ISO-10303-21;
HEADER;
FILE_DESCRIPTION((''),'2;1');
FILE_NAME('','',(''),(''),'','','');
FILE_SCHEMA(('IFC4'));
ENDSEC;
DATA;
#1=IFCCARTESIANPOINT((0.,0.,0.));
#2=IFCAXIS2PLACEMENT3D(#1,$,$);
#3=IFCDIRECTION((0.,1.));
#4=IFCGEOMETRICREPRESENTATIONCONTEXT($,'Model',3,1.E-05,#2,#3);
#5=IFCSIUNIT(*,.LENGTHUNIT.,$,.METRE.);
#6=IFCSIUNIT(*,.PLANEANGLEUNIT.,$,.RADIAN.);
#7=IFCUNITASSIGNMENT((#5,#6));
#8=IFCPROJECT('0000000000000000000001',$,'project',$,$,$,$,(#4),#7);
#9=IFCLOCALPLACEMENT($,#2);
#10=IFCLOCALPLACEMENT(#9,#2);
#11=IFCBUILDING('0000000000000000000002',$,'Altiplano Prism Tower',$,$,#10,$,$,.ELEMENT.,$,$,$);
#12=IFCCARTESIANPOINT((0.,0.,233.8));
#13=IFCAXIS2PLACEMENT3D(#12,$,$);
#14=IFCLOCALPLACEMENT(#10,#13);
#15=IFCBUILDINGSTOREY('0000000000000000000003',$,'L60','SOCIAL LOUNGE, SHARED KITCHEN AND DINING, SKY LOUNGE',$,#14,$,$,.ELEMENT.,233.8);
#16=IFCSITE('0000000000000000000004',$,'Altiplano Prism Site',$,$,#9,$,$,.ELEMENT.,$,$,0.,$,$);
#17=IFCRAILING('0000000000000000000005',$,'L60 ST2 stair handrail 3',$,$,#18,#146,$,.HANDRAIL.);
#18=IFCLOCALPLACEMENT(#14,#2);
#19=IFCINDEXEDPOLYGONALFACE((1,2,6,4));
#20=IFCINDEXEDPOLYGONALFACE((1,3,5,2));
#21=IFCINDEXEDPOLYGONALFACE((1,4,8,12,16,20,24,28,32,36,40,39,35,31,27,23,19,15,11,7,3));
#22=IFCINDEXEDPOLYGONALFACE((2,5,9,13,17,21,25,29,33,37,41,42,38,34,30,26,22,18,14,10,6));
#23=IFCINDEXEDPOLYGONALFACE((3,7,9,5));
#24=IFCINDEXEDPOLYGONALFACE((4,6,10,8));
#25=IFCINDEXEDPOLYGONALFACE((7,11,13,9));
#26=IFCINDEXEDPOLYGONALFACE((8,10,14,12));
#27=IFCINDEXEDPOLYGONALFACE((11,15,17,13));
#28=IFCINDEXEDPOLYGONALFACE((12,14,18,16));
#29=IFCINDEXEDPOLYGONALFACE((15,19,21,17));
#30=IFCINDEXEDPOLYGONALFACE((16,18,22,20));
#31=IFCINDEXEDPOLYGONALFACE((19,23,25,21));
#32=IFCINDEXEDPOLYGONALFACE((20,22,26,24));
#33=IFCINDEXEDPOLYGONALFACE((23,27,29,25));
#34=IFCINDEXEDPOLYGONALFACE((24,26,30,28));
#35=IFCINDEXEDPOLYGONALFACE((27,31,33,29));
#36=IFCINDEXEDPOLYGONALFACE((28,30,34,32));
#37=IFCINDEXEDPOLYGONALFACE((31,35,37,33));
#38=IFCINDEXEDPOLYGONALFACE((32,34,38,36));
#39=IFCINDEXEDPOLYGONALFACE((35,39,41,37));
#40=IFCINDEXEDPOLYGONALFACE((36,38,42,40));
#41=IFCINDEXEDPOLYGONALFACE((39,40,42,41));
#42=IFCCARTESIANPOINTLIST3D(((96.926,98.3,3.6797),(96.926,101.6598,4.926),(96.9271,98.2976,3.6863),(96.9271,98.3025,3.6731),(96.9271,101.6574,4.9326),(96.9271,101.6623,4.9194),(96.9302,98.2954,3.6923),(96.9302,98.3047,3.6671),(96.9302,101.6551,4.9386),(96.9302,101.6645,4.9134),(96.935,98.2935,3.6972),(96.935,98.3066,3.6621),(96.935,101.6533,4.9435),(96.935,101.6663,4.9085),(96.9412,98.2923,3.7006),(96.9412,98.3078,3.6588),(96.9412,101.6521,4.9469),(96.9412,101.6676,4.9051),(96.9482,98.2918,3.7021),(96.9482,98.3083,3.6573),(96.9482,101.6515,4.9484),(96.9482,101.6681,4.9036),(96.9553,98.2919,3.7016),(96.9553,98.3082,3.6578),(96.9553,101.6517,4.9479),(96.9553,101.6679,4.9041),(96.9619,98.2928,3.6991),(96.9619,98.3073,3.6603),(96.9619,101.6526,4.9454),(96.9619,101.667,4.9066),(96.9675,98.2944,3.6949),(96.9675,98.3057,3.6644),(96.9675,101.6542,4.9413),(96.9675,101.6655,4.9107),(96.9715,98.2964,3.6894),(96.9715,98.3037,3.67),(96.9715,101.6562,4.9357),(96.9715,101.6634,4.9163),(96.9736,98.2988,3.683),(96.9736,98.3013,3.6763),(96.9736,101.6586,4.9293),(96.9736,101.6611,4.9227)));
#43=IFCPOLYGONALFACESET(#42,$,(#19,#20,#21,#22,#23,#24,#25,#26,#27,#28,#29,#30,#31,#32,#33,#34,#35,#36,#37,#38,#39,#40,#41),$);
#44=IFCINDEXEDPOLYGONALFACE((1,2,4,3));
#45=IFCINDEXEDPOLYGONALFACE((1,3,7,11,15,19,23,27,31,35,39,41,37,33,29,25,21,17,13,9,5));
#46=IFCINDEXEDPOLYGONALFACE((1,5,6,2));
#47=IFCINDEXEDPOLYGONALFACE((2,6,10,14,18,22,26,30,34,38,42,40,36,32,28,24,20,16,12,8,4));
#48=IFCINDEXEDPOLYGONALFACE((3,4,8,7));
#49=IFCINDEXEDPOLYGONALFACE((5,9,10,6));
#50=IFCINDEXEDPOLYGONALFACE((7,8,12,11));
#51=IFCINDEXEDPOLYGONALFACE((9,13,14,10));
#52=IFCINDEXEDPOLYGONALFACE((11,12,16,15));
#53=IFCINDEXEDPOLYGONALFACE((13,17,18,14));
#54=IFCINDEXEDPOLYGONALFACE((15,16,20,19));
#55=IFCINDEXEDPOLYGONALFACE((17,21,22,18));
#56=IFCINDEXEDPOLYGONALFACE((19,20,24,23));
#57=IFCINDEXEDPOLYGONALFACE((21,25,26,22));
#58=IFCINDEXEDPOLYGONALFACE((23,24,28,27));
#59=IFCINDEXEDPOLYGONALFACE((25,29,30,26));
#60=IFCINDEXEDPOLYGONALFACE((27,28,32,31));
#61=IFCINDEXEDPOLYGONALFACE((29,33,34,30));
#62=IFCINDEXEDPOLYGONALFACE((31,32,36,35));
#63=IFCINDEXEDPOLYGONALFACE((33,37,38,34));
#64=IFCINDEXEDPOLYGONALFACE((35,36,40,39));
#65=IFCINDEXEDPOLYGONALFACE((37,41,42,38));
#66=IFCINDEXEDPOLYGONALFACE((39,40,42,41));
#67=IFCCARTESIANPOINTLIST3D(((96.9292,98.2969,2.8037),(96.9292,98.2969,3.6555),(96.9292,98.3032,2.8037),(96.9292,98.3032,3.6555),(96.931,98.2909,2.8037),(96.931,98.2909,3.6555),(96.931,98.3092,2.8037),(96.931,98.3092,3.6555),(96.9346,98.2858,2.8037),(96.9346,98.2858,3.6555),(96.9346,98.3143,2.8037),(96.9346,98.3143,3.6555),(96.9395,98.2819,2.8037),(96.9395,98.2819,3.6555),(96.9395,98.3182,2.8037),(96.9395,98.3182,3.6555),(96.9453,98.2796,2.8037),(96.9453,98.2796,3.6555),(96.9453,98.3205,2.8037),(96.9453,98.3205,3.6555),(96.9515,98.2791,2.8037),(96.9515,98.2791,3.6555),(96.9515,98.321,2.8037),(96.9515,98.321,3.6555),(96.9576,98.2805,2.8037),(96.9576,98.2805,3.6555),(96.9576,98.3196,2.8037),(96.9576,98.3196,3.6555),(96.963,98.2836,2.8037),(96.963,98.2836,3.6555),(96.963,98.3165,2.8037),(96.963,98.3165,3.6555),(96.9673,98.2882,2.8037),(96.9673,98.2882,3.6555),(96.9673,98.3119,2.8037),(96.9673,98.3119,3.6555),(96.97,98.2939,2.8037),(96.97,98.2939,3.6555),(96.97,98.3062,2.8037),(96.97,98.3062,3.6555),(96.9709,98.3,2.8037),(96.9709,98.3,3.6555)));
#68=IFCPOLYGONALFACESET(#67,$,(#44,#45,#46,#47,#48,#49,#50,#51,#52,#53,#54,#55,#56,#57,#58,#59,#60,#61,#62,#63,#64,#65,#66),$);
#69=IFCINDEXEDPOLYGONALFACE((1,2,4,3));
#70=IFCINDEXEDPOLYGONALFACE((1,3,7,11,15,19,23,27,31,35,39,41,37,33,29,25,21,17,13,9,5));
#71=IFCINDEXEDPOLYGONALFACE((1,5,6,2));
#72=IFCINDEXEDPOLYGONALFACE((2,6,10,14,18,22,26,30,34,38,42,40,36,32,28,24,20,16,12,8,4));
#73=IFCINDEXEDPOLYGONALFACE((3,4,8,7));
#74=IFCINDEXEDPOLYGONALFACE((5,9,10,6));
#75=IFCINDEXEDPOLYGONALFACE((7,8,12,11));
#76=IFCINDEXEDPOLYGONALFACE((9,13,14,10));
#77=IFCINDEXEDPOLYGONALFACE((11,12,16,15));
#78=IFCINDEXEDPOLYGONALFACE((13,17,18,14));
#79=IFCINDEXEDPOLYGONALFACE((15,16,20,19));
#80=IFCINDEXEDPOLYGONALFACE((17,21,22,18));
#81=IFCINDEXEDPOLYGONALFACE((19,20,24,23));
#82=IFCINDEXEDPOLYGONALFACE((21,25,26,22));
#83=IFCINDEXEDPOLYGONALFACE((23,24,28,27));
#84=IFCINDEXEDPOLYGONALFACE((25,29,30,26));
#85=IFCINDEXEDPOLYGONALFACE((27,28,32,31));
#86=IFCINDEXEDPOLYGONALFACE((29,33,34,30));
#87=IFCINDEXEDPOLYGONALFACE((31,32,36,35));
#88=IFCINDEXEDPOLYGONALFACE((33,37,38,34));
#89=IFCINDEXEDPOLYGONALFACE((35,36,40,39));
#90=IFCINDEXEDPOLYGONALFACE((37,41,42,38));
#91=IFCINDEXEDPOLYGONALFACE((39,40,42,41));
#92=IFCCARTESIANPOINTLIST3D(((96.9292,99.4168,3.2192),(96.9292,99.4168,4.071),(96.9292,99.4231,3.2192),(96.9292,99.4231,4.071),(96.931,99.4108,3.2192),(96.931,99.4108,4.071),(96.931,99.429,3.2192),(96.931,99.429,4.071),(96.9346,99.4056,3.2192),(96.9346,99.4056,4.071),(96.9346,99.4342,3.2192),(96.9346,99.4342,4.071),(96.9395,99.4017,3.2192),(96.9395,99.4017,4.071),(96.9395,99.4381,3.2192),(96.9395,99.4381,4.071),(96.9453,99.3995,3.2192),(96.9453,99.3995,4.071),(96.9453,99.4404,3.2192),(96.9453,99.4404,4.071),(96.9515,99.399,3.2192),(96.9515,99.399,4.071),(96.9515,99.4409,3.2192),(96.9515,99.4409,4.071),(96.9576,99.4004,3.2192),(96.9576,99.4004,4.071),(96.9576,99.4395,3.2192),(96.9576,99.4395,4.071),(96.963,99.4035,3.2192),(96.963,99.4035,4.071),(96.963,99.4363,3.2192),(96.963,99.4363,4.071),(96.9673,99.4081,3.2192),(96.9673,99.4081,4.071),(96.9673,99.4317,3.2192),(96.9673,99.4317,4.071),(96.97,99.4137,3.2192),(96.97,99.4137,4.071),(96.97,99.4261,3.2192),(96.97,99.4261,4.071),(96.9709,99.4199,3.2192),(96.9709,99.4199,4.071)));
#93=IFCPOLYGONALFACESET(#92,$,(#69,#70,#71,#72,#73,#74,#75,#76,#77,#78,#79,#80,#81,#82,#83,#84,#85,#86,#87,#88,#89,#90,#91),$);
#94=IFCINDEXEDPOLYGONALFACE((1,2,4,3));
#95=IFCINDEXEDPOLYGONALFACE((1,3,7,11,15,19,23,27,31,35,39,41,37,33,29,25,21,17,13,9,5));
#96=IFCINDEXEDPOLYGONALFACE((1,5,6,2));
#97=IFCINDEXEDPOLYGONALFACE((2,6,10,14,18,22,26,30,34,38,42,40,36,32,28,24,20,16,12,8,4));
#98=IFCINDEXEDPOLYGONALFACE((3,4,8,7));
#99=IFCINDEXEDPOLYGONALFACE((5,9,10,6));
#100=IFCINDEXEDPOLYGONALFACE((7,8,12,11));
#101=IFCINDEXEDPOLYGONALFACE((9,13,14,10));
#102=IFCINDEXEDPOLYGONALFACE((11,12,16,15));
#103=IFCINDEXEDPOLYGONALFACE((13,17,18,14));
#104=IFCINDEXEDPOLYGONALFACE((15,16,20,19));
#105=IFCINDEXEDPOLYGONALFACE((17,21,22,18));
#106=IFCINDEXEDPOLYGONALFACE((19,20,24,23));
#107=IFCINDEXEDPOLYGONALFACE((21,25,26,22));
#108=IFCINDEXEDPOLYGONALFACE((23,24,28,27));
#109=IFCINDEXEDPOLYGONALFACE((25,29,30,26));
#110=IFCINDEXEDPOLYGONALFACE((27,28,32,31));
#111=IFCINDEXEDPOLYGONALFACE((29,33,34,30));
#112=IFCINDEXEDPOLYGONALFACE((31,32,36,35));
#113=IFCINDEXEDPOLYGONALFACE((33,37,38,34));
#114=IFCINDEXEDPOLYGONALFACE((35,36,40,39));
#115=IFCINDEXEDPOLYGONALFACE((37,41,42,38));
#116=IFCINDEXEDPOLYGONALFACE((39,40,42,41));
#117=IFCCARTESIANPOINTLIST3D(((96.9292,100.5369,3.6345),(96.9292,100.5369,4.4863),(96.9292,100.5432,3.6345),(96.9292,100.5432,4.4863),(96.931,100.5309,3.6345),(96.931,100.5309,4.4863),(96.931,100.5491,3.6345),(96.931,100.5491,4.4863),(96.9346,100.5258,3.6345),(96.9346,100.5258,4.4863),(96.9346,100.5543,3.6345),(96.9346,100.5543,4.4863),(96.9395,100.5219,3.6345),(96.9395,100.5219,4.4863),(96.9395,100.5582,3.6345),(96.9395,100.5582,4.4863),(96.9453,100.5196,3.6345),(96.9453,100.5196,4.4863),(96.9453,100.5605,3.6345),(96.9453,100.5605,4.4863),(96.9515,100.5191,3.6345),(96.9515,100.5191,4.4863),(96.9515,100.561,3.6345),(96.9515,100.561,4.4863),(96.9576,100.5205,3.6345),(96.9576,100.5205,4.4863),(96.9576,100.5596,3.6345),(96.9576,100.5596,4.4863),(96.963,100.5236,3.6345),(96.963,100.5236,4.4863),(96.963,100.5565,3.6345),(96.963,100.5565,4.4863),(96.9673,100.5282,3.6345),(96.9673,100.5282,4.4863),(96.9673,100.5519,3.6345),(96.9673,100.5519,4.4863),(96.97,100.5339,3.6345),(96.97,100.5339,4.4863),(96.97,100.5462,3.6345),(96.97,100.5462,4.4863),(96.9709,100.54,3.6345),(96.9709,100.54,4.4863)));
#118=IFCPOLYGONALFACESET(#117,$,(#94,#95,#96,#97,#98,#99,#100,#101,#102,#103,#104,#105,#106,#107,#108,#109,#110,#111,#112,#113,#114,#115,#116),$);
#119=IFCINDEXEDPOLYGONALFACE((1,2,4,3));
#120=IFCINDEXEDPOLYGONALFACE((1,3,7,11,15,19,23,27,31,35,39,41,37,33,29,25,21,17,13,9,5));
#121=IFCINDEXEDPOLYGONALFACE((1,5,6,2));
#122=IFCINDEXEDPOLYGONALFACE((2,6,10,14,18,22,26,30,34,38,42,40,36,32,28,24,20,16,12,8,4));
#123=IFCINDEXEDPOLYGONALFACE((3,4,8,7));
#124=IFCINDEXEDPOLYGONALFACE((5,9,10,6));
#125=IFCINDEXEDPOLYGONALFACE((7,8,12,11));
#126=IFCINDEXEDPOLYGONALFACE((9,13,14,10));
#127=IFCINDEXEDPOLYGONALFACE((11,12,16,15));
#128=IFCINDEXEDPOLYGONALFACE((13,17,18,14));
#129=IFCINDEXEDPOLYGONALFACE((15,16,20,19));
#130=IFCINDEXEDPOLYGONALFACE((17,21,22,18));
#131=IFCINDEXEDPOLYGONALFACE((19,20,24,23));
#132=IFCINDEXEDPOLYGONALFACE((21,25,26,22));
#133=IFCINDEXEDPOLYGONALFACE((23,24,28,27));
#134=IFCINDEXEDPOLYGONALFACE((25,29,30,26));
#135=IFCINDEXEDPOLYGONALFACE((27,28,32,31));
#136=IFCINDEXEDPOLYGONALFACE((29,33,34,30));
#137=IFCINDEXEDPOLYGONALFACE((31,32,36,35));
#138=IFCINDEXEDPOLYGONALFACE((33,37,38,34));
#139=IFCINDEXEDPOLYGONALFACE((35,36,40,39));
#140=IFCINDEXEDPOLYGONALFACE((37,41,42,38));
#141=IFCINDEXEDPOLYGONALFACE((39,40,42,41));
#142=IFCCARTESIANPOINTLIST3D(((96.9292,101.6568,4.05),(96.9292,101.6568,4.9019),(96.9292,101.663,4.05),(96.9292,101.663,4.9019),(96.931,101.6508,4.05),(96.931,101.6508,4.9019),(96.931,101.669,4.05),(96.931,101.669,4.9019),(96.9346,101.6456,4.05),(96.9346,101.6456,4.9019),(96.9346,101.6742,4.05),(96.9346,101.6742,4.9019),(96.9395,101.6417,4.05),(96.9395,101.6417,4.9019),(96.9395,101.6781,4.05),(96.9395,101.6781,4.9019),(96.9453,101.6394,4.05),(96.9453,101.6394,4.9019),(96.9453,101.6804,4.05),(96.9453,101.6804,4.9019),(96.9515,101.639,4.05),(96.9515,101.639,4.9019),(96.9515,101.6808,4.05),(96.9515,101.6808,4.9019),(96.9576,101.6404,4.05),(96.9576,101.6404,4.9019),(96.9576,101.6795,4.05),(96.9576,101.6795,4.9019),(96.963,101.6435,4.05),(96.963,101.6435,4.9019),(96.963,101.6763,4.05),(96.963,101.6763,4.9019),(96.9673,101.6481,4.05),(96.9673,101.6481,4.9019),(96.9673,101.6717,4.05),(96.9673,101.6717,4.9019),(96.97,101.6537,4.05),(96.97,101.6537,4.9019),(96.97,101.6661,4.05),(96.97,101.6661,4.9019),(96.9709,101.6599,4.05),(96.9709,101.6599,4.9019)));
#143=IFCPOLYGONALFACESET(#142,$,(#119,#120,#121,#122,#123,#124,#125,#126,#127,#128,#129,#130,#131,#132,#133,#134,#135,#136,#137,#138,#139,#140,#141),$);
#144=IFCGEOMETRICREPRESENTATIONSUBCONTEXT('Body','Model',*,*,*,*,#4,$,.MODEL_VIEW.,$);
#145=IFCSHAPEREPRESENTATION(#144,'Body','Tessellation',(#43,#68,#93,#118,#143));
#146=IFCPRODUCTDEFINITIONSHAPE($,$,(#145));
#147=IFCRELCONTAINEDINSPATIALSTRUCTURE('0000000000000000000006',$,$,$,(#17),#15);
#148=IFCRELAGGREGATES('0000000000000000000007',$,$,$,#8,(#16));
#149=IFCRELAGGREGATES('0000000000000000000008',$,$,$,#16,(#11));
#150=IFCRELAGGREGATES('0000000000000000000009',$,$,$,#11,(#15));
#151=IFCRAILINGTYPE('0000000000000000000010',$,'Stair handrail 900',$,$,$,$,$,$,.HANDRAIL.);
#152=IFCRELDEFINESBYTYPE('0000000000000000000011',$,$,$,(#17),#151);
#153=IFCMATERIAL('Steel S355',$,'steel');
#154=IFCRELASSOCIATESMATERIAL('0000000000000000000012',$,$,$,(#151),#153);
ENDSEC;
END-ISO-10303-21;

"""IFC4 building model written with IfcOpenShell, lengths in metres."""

from ifc_helpers import new_model, si_unit, direction, frame, origin, origin_2d, place, context, subcontext, project, spatial, circle, extrude, material, type_object, element, save


model = new_model("IFC4")

# Units and contexts
model_context = context("Model", 3, precision=1e-05, world=origin(), true_north=direction((0.0, 1.0)))
body_context = subcontext(model_context, "Body", "Model", "MODEL_VIEW")
ifc_project = project(units=[si_unit("LENGTHUNIT", "METRE"), si_unit("PLANEANGLEUNIT", "RADIAN")], contexts=[model_context])

# Site, building, storey
site_placement = place(None, origin())
site = spatial("IfcSite", under=ifc_project, at=site_placement, Name="Altiplano Prism Site", CompositionType="ELEMENT", RefElevation=0.0)
building_placement = place(site_placement, origin())
building = spatial("IfcBuilding", under=site, at=building_placement, Name="Altiplano Prism Tower", CompositionType="ELEMENT")
storey_placement = place(building_placement, frame((0.0, 0.0, 233.8)))
storey = spatial("IfcBuildingStorey", under=building, at=storey_placement, Name="L60", Description="SOCIAL LOUNGE, SHARED KITCHEN AND DINING, SKY LOUNGE", CompositionType="ELEMENT", Elevation=233.8)

# Railing
ifc_material_1 = material(Name="Steel S355", Category="steel")
railing_type = type_object("IfcRailingType", Name="Stair handrail 900", PredefinedType="HANDRAIL", material=ifc_material_1)
railing_1_placement = place(storey_placement, frame((96.95, 98.3, 2.8037)))
element("IfcRailing", 1, at=railing_1_placement, inside=storey, type_object=railing_type, Name="L60 ST2 stair handrail 3", PredefinedType="HANDRAIL", context=body_context, shape_type="SweptSolid", body=[
    extrude(circle(Radius=0.0239, at=origin_2d()), frame((0.0, 0.0, 0.876), z_axis=(0.0, 0.937572, 0.347791), x_axis=(-1.0, 0.0, 0.0)), (0.0, 0.0, 1.0), 3.5835),
    extrude(circle(Radius=0.021, at=origin_2d()), origin(), (0.0, 0.0, 1.0), 0.8518),
    extrude(circle(Radius=0.021, at=origin_2d()), frame((0.0, 1.1199, 0.4155)), (0.0, 0.0, 1.0), 0.8518),
    extrude(circle(Radius=0.021, at=origin_2d()), frame((0.0, 2.24, 0.8308)), (0.0, 0.0, 1.0), 0.8518),
    extrude(circle(Radius=0.021, at=origin_2d()), frame((0.0, 3.3599, 1.2463)), (0.0, 0.0, 1.0), 0.8518),
])

save(model, "model.ifc")
